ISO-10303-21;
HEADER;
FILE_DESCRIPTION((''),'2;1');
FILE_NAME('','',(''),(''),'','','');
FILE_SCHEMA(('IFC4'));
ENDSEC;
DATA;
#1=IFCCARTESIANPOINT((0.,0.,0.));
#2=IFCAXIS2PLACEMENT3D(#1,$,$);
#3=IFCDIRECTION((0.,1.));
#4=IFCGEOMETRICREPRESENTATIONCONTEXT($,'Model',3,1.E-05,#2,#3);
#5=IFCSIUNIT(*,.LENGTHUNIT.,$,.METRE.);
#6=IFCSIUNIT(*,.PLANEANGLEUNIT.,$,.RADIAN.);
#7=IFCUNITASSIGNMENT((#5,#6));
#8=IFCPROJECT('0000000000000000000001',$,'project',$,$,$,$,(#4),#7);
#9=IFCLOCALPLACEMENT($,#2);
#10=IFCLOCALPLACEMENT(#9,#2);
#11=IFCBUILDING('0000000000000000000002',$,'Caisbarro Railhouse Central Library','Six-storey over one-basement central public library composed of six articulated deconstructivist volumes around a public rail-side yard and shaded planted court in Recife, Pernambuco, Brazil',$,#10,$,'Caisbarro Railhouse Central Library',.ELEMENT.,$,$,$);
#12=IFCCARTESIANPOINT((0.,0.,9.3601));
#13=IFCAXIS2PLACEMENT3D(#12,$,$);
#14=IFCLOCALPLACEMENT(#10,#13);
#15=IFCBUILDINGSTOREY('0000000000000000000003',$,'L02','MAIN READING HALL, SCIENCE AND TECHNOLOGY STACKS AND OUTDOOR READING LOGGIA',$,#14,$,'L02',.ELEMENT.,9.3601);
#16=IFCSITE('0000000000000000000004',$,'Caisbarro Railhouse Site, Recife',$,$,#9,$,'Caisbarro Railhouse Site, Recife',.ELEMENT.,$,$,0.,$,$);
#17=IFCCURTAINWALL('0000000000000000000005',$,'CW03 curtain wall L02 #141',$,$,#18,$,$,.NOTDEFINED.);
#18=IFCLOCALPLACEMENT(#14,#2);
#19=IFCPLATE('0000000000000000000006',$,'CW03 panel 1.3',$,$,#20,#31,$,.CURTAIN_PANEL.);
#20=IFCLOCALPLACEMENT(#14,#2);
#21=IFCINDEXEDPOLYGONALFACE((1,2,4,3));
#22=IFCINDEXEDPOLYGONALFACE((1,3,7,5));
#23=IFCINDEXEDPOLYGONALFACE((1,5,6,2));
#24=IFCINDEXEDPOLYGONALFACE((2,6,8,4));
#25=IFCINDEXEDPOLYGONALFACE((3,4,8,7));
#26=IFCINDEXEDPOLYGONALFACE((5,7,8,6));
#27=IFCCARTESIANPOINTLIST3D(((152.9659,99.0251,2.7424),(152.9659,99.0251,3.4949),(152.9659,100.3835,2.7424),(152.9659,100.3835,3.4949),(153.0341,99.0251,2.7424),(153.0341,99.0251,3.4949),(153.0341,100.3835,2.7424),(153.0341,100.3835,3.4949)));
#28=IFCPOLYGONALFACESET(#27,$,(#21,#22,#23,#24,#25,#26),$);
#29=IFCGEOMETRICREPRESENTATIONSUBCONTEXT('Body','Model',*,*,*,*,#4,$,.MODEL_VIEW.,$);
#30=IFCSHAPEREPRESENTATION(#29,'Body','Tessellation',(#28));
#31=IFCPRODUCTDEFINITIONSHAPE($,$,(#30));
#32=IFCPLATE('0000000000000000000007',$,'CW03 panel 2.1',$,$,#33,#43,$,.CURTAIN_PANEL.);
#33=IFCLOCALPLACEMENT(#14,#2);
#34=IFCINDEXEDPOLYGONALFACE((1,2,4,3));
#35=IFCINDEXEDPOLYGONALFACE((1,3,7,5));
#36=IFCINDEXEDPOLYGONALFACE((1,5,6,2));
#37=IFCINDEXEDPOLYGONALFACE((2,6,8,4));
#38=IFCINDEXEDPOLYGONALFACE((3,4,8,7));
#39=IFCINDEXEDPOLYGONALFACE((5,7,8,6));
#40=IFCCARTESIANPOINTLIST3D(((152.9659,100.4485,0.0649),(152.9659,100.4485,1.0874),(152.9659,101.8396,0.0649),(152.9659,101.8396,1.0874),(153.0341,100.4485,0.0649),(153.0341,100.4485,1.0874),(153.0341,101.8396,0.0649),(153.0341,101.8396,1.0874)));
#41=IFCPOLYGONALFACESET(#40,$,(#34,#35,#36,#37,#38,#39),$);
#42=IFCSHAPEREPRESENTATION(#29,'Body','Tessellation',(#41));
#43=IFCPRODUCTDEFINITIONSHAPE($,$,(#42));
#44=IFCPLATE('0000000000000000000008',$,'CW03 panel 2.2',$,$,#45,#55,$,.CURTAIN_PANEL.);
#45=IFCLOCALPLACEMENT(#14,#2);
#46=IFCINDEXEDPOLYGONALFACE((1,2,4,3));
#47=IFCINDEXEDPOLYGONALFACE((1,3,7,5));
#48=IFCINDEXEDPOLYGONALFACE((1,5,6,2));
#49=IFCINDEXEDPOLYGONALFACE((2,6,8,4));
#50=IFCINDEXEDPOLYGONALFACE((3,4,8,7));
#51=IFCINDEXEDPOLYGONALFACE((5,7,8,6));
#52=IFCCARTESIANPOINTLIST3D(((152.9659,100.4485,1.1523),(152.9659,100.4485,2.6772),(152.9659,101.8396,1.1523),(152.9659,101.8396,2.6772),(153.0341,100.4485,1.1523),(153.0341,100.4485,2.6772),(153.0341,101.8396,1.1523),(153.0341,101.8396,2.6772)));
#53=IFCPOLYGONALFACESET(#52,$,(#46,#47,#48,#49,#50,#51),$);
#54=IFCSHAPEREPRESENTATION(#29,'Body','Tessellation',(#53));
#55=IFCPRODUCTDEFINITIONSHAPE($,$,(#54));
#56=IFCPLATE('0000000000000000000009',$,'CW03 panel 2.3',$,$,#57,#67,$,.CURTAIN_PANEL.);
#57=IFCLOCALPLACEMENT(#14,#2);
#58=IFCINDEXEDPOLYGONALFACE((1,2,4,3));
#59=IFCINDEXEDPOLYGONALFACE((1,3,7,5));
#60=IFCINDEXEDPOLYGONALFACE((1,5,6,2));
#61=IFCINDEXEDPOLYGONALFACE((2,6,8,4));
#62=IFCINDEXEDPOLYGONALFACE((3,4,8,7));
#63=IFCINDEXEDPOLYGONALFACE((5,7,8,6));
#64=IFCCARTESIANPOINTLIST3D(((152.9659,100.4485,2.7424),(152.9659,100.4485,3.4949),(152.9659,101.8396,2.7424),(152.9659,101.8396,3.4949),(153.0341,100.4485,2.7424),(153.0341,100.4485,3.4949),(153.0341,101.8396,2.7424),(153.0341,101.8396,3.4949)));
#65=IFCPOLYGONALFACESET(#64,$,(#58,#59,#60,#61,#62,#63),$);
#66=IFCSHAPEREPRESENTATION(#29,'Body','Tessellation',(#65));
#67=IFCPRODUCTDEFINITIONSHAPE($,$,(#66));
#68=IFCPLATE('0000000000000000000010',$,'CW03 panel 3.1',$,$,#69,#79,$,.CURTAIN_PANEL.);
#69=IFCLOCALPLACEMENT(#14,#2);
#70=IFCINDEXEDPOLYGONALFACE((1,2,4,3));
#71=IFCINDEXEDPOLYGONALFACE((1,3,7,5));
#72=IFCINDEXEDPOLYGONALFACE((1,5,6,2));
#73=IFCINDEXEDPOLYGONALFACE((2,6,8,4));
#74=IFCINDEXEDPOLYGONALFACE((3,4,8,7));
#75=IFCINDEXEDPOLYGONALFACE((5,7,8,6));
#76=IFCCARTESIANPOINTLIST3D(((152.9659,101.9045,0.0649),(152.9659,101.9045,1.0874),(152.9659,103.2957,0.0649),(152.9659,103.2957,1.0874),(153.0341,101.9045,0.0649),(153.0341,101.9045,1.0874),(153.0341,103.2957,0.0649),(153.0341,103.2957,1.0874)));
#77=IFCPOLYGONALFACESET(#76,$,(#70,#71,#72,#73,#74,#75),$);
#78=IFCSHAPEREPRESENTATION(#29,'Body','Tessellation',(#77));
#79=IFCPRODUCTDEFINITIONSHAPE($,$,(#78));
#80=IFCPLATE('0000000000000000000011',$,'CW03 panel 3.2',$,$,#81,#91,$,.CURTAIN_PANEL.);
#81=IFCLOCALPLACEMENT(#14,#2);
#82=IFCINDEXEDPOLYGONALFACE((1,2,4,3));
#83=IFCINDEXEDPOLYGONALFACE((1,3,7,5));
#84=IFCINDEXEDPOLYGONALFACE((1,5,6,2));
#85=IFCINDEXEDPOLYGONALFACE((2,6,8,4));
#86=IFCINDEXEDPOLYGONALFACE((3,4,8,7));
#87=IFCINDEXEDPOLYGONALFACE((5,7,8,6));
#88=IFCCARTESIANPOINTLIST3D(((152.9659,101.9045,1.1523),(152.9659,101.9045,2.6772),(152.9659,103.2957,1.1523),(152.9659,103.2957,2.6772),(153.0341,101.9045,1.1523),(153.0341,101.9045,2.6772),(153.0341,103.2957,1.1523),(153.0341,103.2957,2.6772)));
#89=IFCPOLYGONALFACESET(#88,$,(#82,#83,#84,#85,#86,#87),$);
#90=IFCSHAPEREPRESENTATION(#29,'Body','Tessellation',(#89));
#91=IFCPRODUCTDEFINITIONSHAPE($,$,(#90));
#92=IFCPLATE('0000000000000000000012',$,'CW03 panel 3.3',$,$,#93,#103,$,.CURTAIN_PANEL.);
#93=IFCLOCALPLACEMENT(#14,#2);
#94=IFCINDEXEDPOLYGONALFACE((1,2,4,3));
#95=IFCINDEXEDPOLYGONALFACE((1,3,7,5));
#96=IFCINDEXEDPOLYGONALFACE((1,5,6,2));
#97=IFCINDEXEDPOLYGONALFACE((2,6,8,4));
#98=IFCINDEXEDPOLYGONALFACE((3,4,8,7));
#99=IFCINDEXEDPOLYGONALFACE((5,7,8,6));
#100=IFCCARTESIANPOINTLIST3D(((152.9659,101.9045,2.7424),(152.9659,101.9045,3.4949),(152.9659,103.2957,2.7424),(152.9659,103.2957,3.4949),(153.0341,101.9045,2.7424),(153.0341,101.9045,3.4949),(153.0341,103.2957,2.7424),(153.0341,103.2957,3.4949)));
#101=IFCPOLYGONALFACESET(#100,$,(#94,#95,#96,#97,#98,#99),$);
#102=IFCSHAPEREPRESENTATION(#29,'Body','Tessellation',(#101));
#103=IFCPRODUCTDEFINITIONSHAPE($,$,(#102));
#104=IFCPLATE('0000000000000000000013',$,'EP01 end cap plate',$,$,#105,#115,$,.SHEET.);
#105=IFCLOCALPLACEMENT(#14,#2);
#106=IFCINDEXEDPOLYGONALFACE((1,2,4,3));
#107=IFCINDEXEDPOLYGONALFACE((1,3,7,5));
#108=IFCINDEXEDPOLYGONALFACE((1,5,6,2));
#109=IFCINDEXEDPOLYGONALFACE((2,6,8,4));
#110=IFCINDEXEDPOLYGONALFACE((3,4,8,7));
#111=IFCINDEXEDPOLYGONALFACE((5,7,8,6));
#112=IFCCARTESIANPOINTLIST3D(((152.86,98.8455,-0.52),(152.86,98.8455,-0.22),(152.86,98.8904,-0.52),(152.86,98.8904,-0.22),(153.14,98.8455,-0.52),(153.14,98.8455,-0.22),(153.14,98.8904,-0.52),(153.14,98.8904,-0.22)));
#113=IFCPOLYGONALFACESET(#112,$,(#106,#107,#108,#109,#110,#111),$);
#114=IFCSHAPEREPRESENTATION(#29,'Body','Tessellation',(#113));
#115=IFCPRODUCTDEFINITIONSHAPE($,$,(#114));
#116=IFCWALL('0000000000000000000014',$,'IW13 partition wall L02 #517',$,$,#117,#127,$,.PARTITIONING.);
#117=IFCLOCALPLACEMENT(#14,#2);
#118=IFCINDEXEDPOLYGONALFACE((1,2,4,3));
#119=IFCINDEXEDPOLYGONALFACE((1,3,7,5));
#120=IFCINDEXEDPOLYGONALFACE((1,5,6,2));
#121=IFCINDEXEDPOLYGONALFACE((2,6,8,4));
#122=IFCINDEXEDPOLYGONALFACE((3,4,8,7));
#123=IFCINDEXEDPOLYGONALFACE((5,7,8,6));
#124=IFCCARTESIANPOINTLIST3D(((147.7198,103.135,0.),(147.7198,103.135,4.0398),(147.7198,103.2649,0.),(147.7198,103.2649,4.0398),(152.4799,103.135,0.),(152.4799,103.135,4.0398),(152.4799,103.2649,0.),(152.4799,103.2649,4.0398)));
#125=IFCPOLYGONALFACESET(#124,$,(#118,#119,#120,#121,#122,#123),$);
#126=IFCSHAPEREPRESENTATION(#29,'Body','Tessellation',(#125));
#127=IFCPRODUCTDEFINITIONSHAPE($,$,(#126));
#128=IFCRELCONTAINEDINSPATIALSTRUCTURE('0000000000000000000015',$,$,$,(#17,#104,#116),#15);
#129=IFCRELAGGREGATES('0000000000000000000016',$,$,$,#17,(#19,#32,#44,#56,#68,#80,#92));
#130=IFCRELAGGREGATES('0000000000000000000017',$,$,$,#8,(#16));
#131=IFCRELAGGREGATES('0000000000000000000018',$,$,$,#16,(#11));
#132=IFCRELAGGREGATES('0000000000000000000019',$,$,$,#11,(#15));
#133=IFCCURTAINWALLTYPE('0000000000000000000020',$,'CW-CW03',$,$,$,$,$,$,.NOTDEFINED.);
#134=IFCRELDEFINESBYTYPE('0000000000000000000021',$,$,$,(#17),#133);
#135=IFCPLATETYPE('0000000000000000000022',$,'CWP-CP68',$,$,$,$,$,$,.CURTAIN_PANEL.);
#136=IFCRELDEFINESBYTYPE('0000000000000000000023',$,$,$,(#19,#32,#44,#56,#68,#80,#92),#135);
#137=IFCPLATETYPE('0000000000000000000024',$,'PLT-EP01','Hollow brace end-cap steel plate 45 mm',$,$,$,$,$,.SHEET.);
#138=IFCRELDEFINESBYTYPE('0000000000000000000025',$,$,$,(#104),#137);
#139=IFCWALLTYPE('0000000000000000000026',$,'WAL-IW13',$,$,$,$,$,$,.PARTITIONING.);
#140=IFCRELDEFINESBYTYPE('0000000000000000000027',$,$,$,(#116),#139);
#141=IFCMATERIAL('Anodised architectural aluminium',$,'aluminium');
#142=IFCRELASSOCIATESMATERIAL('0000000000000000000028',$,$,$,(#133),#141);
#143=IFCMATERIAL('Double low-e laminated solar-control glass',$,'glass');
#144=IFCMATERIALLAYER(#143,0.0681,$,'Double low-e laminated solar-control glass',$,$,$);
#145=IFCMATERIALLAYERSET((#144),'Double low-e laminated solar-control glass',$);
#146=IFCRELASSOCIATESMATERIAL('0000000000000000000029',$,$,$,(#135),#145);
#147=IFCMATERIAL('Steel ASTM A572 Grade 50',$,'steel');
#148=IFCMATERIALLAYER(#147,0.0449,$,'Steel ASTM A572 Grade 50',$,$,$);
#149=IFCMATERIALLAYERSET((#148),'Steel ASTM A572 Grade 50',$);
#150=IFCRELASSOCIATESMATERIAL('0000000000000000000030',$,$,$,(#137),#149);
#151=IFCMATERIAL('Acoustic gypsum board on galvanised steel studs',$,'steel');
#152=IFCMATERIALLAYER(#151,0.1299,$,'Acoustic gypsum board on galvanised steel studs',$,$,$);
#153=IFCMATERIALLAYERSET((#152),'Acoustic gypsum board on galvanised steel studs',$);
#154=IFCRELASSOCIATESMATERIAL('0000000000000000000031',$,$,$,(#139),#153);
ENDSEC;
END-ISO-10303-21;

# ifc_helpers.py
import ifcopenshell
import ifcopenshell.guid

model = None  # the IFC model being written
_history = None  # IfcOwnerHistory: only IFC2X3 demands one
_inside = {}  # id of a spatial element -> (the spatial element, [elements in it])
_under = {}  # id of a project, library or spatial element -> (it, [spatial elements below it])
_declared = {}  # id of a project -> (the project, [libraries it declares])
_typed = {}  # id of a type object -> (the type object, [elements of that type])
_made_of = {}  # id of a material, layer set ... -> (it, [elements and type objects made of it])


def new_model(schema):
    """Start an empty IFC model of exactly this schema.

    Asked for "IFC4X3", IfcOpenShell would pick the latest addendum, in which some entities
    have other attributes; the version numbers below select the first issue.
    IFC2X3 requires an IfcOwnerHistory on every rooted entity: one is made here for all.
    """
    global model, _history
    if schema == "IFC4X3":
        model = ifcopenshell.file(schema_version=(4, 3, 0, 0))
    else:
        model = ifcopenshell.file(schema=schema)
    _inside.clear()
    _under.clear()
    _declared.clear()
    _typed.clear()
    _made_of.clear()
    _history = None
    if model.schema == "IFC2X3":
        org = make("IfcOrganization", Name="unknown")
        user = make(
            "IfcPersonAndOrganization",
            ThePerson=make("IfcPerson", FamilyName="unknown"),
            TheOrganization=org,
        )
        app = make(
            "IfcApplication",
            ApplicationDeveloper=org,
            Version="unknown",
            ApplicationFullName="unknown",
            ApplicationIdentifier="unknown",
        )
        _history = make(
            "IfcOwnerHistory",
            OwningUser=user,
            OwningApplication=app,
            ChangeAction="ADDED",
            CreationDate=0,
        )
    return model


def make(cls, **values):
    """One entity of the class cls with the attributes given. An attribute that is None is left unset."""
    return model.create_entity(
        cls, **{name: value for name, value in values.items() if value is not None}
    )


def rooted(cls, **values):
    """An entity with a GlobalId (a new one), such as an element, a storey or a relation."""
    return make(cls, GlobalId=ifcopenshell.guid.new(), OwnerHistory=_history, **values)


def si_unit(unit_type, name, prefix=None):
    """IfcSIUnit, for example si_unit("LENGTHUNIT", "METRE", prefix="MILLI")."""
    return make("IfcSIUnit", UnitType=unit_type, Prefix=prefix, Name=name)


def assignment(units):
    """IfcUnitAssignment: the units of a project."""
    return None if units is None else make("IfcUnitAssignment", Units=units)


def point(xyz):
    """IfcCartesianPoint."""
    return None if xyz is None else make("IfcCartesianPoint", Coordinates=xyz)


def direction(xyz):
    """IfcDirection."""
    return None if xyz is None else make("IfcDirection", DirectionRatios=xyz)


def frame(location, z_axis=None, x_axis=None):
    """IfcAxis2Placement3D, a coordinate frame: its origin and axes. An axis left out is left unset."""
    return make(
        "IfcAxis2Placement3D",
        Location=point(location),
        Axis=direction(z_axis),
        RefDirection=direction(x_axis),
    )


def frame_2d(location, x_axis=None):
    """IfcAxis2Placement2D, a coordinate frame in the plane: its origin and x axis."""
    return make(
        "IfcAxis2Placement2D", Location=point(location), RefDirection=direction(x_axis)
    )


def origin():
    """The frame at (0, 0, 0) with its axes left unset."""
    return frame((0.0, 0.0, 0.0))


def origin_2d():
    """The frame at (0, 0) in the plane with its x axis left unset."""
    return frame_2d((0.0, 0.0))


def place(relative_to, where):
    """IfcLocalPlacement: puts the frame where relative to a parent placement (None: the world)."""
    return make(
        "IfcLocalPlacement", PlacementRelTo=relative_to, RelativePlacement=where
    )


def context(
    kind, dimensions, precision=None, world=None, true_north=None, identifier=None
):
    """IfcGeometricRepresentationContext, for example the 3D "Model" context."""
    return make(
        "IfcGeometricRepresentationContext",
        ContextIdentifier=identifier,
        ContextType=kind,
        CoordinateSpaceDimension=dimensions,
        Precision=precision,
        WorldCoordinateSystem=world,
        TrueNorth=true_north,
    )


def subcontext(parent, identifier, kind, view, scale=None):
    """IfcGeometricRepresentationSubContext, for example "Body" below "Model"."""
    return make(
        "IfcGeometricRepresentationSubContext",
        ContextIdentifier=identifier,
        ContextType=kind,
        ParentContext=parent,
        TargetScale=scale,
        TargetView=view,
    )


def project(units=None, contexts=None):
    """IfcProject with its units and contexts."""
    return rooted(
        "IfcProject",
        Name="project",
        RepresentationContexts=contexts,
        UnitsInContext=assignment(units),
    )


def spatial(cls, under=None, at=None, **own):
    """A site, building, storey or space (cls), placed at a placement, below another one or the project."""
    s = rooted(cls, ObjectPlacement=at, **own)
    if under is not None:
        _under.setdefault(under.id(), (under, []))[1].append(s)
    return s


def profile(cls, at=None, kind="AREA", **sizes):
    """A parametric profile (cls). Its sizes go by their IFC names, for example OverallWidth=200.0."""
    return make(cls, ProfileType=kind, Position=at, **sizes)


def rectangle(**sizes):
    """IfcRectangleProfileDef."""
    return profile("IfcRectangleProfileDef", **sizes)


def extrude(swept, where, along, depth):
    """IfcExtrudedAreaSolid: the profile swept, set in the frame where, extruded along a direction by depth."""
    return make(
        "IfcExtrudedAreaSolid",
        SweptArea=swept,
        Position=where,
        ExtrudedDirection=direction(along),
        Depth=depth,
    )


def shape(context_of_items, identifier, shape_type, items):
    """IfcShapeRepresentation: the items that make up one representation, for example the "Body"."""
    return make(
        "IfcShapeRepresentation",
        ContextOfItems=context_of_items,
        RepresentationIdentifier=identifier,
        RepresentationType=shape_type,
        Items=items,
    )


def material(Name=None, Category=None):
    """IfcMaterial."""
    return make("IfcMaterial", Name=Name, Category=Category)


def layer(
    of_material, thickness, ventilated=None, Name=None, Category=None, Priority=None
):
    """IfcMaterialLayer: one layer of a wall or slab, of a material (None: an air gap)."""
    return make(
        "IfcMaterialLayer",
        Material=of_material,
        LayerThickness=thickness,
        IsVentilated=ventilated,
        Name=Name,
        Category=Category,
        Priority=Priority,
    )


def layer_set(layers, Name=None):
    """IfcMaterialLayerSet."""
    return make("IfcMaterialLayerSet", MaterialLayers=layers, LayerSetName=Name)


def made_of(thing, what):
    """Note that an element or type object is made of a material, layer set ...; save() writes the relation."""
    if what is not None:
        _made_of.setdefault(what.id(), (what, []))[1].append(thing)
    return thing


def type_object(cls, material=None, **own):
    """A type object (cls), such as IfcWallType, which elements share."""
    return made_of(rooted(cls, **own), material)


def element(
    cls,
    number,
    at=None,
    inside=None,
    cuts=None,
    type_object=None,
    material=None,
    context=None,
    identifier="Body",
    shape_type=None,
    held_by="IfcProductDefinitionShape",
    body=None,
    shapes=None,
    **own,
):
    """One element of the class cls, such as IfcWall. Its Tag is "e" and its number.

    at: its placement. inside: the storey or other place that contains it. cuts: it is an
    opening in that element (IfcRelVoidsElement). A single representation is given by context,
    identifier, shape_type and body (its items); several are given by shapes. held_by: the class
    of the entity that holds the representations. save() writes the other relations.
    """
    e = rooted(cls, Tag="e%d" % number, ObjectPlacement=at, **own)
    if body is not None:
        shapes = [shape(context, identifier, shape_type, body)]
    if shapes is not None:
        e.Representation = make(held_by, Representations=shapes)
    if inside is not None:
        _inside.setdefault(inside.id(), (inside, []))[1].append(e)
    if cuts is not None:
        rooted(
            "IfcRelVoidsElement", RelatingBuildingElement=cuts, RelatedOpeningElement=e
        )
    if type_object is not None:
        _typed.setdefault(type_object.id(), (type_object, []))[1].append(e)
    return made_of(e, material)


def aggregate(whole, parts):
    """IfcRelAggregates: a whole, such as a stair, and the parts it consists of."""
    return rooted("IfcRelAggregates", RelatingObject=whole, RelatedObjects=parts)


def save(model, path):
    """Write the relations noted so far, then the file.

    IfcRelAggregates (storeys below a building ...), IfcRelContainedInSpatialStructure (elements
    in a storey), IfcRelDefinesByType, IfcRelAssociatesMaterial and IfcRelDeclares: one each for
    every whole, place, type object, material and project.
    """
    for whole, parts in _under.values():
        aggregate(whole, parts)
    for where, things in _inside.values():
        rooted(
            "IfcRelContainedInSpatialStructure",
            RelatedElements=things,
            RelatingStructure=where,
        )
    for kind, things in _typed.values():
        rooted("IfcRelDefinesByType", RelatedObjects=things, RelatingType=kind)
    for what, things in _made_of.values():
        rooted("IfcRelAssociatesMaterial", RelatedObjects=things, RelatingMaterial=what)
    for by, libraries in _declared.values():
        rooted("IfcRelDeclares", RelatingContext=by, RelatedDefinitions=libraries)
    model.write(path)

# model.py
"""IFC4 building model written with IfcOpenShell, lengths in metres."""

from ifc_helpers import new_model, si_unit, direction, frame, frame_2d, origin, origin_2d, place, context, subcontext, project, spatial, rectangle, extrude, material, layer, layer_set, type_object, element, aggregate, save


model = new_model("IFC4")

# Units and contexts
model_context = context("Model", 3, precision=1e-05, world=origin(), true_north=direction((0.0, 1.0)))
body_context = subcontext(model_context, "Body", "Model", "MODEL_VIEW")
ifc_project = project(units=[si_unit("LENGTHUNIT", "METRE"), si_unit("PLANEANGLEUNIT", "RADIAN")], contexts=[model_context])

# Site, building, storey
site_placement = place(None, origin())
site = spatial("IfcSite", under=ifc_project, at=site_placement, Name="Caisbarro Railhouse Site, Recife", LongName="Caisbarro Railhouse Site, Recife", CompositionType="ELEMENT", RefElevation=0.0)
building_placement = place(site_placement, origin())
building = spatial("IfcBuilding", under=site, at=building_placement, Name="Caisbarro Railhouse Central Library", Description="Six-storey over one-basement central public library composed of six articulated deconstructivist volumes around a public rail-side yard and shaded planted court in Recife, Pernambuco, Brazil", LongName="Caisbarro Railhouse Central Library", CompositionType="ELEMENT")
storey_placement = place(building_placement, frame((0.0, 0.0, 9.3601)))
storey = spatial("IfcBuildingStorey", under=building, at=storey_placement, Name="L02", Description="MAIN READING HALL, SCIENCE AND TECHNOLOGY STACKS AND OUTDOOR READING LOGGIA", LongName="L02", CompositionType="ELEMENT", Elevation=9.3601)

# Shared definitions
ifc_material_1 = material(Name="Steel ASTM A572 Grade 50", Category="steel")

# Curtain wall, plates
ifc_material_2 = material(Name="Anodised architectural aluminium", Category="aluminium")
curtain_wall_type = type_object("IfcCurtainWallType", Name="CW-CW03", PredefinedType="NOTDEFINED", material=ifc_material_2)
curtain_wall_placement = place(storey_placement, origin())
curtain_wall = element("IfcCurtainWall", 1, at=curtain_wall_placement, inside=storey, type_object=curtain_wall_type, Name="CW03 curtain wall L02 #141", PredefinedType="NOTDEFINED")
ifc_material_3 = material(Name="Double low-e laminated solar-control glass", Category="glass")
ifc_layer_1 = layer(ifc_material_3, 0.0681, Name="Double low-e laminated solar-control glass")
ifc_layer_set_1 = layer_set([ifc_layer_1], Name="Double low-e laminated solar-control glass")
plate_type_1 = type_object("IfcPlateType", Name="CWP-CP68", PredefinedType="CURTAIN_PANEL", material=ifc_layer_set_1)
plate_1_placement = place(storey_placement, frame((153.0, 99.7043, 2.7424), z_axis=(0.0, 0.0, 1.0), x_axis=(0.0, 1.0, 0.0)))
plate_1 = element("IfcPlate", 2, at=plate_1_placement, type_object=plate_type_1, Name="CW03 panel 1.3", PredefinedType="CURTAIN_PANEL", context=body_context, shape_type="SweptSolid", body=[
    extrude(rectangle(XDim=1.3584, YDim=0.0681, at=origin_2d()), origin(), (0.0, 0.0, 1.0), 0.7524),
])
plate_2_placement = place(storey_placement, frame((153.0, 101.144, 0.0649), z_axis=(0.0, 0.0, 1.0), x_axis=(0.0, 1.0, 0.0)))
plate_2 = element("IfcPlate", 3, at=plate_2_placement, type_object=plate_type_1, Name="CW03 panel 2.1", PredefinedType="CURTAIN_PANEL", context=body_context, shape_type="SweptSolid", body=[
    extrude(rectangle(XDim=1.3911, YDim=0.0681, at=origin_2d()), origin(), (0.0, 0.0, 1.0), 1.0225),
])
plate_3_placement = place(storey_placement, frame((153.0, 101.144, 1.1523), z_axis=(0.0, 0.0, 1.0), x_axis=(0.0, 1.0, 0.0)))
plate_3 = element("IfcPlate", 4, at=plate_3_placement, type_object=plate_type_1, Name="CW03 panel 2.2", PredefinedType="CURTAIN_PANEL", context=body_context, shape_type="SweptSolid", body=[
    extrude(rectangle(XDim=1.3911, YDim=0.0681, at=origin_2d()), origin(), (0.0, 0.0, 1.0), 1.5249),
])
plate_4_placement = place(storey_placement, frame((153.0, 101.144, 2.7424), z_axis=(0.0, 0.0, 1.0), x_axis=(0.0, 1.0, 0.0)))
plate_4 = element("IfcPlate", 5, at=plate_4_placement, type_object=plate_type_1, Name="CW03 panel 2.3", PredefinedType="CURTAIN_PANEL", context=body_context, shape_type="SweptSolid", body=[
    extrude(rectangle(XDim=1.3911, YDim=0.0681, at=origin_2d()), origin(), (0.0, 0.0, 1.0), 0.7524),
])
plate_5_placement = place(storey_placement, frame((153.0, 102.6001, 0.0649), z_axis=(0.0, 0.0, 1.0), x_axis=(0.0, 1.0, 0.0)))
plate_5 = element("IfcPlate", 6, at=plate_5_placement, type_object=plate_type_1, Name="CW03 panel 3.1", PredefinedType="CURTAIN_PANEL", context=body_context, shape_type="SweptSolid", body=[
    extrude(rectangle(XDim=1.3911, YDim=0.0681, at=origin_2d()), origin(), (0.0, 0.0, 1.0), 1.0225),
])
plate_6_placement = place(storey_placement, frame((153.0, 102.6001, 1.1523), z_axis=(0.0, 0.0, 1.0), x_axis=(0.0, 1.0, 0.0)))
plate_6 = element("IfcPlate", 7, at=plate_6_placement, type_object=plate_type_1, Name="CW03 panel 3.2", PredefinedType="CURTAIN_PANEL", context=body_context, shape_type="SweptSolid", body=[
    extrude(rectangle(XDim=1.3911, YDim=0.0681, at=origin_2d()), origin(), (0.0, 0.0, 1.0), 1.5249),
])
plate_7_placement = place(storey_placement, frame((153.0, 102.6001, 2.7424), z_axis=(0.0, 0.0, 1.0), x_axis=(0.0, 1.0, 0.0)))
plate_7 = element("IfcPlate", 8, at=plate_7_placement, type_object=plate_type_1, Name="CW03 panel 3.3", PredefinedType="CURTAIN_PANEL", context=body_context, shape_type="SweptSolid", body=[
    extrude(rectangle(XDim=1.3911, YDim=0.0681, at=origin_2d()), origin(), (0.0, 0.0, 1.0), 0.7524),
])
aggregate(curtain_wall, [plate_1, plate_2, plate_3, plate_4, plate_5, plate_6, plate_7])

# Plate
ifc_layer_2 = layer(ifc_material_1, 0.0449, Name="Steel ASTM A572 Grade 50")
ifc_layer_set_2 = layer_set([ifc_layer_2], Name="Steel ASTM A572 Grade 50")
plate_type_2 = type_object("IfcPlateType", Name="PLT-EP01", Description="Hollow brace end-cap steel plate 45 mm", PredefinedType="SHEET", material=ifc_layer_set_2)
plate_8_placement = place(storey_placement, frame((153.0, 98.8679, -0.52), z_axis=(0.0, 0.0, 1.0), x_axis=(0.0, 1.0, 0.0)))
element("IfcPlate", 9, at=plate_8_placement, inside=storey, type_object=plate_type_2, Name="EP01 end cap plate", PredefinedType="SHEET", context=body_context, shape_type="SweptSolid", body=[
    extrude(rectangle(XDim=0.0449, YDim=0.28, at=origin_2d()), origin(), (0.0, 0.0, 1.0), 0.3),
])

# Shared definitions
ifc_material_4 = material(Name="Acoustic gypsum board on galvanised steel studs", Category="steel")

# Wall
ifc_layer_3 = layer(ifc_material_4, 0.1299, Name="Acoustic gypsum board on galvanised steel studs")
ifc_layer_set_3 = layer_set([ifc_layer_3], Name="Acoustic gypsum board on galvanised steel studs")
wall_type_1 = type_object("IfcWallType", Name="WAL-IW13", PredefinedType="PARTITIONING", material=ifc_layer_set_3)
wall_1_placement = place(storey_placement, frame((147.72, 103.2, 0.0), z_axis=(0.0, 0.0, 1.0), x_axis=(1.0, 0.0, 0.0)))
element("IfcWall", 10, at=wall_1_placement, inside=storey, type_object=wall_type_1, Name="IW13 partition wall L02 #517", PredefinedType="PARTITIONING", context=body_context, shape_type="SweptSolid", body=[
    extrude(rectangle(XDim=4.76, YDim=0.1299, at=frame_2d((2.3799, 0.0))), origin(), (0.0, 0.0, 1.0), 4.0398),
])

save(model, "model.ifc")
